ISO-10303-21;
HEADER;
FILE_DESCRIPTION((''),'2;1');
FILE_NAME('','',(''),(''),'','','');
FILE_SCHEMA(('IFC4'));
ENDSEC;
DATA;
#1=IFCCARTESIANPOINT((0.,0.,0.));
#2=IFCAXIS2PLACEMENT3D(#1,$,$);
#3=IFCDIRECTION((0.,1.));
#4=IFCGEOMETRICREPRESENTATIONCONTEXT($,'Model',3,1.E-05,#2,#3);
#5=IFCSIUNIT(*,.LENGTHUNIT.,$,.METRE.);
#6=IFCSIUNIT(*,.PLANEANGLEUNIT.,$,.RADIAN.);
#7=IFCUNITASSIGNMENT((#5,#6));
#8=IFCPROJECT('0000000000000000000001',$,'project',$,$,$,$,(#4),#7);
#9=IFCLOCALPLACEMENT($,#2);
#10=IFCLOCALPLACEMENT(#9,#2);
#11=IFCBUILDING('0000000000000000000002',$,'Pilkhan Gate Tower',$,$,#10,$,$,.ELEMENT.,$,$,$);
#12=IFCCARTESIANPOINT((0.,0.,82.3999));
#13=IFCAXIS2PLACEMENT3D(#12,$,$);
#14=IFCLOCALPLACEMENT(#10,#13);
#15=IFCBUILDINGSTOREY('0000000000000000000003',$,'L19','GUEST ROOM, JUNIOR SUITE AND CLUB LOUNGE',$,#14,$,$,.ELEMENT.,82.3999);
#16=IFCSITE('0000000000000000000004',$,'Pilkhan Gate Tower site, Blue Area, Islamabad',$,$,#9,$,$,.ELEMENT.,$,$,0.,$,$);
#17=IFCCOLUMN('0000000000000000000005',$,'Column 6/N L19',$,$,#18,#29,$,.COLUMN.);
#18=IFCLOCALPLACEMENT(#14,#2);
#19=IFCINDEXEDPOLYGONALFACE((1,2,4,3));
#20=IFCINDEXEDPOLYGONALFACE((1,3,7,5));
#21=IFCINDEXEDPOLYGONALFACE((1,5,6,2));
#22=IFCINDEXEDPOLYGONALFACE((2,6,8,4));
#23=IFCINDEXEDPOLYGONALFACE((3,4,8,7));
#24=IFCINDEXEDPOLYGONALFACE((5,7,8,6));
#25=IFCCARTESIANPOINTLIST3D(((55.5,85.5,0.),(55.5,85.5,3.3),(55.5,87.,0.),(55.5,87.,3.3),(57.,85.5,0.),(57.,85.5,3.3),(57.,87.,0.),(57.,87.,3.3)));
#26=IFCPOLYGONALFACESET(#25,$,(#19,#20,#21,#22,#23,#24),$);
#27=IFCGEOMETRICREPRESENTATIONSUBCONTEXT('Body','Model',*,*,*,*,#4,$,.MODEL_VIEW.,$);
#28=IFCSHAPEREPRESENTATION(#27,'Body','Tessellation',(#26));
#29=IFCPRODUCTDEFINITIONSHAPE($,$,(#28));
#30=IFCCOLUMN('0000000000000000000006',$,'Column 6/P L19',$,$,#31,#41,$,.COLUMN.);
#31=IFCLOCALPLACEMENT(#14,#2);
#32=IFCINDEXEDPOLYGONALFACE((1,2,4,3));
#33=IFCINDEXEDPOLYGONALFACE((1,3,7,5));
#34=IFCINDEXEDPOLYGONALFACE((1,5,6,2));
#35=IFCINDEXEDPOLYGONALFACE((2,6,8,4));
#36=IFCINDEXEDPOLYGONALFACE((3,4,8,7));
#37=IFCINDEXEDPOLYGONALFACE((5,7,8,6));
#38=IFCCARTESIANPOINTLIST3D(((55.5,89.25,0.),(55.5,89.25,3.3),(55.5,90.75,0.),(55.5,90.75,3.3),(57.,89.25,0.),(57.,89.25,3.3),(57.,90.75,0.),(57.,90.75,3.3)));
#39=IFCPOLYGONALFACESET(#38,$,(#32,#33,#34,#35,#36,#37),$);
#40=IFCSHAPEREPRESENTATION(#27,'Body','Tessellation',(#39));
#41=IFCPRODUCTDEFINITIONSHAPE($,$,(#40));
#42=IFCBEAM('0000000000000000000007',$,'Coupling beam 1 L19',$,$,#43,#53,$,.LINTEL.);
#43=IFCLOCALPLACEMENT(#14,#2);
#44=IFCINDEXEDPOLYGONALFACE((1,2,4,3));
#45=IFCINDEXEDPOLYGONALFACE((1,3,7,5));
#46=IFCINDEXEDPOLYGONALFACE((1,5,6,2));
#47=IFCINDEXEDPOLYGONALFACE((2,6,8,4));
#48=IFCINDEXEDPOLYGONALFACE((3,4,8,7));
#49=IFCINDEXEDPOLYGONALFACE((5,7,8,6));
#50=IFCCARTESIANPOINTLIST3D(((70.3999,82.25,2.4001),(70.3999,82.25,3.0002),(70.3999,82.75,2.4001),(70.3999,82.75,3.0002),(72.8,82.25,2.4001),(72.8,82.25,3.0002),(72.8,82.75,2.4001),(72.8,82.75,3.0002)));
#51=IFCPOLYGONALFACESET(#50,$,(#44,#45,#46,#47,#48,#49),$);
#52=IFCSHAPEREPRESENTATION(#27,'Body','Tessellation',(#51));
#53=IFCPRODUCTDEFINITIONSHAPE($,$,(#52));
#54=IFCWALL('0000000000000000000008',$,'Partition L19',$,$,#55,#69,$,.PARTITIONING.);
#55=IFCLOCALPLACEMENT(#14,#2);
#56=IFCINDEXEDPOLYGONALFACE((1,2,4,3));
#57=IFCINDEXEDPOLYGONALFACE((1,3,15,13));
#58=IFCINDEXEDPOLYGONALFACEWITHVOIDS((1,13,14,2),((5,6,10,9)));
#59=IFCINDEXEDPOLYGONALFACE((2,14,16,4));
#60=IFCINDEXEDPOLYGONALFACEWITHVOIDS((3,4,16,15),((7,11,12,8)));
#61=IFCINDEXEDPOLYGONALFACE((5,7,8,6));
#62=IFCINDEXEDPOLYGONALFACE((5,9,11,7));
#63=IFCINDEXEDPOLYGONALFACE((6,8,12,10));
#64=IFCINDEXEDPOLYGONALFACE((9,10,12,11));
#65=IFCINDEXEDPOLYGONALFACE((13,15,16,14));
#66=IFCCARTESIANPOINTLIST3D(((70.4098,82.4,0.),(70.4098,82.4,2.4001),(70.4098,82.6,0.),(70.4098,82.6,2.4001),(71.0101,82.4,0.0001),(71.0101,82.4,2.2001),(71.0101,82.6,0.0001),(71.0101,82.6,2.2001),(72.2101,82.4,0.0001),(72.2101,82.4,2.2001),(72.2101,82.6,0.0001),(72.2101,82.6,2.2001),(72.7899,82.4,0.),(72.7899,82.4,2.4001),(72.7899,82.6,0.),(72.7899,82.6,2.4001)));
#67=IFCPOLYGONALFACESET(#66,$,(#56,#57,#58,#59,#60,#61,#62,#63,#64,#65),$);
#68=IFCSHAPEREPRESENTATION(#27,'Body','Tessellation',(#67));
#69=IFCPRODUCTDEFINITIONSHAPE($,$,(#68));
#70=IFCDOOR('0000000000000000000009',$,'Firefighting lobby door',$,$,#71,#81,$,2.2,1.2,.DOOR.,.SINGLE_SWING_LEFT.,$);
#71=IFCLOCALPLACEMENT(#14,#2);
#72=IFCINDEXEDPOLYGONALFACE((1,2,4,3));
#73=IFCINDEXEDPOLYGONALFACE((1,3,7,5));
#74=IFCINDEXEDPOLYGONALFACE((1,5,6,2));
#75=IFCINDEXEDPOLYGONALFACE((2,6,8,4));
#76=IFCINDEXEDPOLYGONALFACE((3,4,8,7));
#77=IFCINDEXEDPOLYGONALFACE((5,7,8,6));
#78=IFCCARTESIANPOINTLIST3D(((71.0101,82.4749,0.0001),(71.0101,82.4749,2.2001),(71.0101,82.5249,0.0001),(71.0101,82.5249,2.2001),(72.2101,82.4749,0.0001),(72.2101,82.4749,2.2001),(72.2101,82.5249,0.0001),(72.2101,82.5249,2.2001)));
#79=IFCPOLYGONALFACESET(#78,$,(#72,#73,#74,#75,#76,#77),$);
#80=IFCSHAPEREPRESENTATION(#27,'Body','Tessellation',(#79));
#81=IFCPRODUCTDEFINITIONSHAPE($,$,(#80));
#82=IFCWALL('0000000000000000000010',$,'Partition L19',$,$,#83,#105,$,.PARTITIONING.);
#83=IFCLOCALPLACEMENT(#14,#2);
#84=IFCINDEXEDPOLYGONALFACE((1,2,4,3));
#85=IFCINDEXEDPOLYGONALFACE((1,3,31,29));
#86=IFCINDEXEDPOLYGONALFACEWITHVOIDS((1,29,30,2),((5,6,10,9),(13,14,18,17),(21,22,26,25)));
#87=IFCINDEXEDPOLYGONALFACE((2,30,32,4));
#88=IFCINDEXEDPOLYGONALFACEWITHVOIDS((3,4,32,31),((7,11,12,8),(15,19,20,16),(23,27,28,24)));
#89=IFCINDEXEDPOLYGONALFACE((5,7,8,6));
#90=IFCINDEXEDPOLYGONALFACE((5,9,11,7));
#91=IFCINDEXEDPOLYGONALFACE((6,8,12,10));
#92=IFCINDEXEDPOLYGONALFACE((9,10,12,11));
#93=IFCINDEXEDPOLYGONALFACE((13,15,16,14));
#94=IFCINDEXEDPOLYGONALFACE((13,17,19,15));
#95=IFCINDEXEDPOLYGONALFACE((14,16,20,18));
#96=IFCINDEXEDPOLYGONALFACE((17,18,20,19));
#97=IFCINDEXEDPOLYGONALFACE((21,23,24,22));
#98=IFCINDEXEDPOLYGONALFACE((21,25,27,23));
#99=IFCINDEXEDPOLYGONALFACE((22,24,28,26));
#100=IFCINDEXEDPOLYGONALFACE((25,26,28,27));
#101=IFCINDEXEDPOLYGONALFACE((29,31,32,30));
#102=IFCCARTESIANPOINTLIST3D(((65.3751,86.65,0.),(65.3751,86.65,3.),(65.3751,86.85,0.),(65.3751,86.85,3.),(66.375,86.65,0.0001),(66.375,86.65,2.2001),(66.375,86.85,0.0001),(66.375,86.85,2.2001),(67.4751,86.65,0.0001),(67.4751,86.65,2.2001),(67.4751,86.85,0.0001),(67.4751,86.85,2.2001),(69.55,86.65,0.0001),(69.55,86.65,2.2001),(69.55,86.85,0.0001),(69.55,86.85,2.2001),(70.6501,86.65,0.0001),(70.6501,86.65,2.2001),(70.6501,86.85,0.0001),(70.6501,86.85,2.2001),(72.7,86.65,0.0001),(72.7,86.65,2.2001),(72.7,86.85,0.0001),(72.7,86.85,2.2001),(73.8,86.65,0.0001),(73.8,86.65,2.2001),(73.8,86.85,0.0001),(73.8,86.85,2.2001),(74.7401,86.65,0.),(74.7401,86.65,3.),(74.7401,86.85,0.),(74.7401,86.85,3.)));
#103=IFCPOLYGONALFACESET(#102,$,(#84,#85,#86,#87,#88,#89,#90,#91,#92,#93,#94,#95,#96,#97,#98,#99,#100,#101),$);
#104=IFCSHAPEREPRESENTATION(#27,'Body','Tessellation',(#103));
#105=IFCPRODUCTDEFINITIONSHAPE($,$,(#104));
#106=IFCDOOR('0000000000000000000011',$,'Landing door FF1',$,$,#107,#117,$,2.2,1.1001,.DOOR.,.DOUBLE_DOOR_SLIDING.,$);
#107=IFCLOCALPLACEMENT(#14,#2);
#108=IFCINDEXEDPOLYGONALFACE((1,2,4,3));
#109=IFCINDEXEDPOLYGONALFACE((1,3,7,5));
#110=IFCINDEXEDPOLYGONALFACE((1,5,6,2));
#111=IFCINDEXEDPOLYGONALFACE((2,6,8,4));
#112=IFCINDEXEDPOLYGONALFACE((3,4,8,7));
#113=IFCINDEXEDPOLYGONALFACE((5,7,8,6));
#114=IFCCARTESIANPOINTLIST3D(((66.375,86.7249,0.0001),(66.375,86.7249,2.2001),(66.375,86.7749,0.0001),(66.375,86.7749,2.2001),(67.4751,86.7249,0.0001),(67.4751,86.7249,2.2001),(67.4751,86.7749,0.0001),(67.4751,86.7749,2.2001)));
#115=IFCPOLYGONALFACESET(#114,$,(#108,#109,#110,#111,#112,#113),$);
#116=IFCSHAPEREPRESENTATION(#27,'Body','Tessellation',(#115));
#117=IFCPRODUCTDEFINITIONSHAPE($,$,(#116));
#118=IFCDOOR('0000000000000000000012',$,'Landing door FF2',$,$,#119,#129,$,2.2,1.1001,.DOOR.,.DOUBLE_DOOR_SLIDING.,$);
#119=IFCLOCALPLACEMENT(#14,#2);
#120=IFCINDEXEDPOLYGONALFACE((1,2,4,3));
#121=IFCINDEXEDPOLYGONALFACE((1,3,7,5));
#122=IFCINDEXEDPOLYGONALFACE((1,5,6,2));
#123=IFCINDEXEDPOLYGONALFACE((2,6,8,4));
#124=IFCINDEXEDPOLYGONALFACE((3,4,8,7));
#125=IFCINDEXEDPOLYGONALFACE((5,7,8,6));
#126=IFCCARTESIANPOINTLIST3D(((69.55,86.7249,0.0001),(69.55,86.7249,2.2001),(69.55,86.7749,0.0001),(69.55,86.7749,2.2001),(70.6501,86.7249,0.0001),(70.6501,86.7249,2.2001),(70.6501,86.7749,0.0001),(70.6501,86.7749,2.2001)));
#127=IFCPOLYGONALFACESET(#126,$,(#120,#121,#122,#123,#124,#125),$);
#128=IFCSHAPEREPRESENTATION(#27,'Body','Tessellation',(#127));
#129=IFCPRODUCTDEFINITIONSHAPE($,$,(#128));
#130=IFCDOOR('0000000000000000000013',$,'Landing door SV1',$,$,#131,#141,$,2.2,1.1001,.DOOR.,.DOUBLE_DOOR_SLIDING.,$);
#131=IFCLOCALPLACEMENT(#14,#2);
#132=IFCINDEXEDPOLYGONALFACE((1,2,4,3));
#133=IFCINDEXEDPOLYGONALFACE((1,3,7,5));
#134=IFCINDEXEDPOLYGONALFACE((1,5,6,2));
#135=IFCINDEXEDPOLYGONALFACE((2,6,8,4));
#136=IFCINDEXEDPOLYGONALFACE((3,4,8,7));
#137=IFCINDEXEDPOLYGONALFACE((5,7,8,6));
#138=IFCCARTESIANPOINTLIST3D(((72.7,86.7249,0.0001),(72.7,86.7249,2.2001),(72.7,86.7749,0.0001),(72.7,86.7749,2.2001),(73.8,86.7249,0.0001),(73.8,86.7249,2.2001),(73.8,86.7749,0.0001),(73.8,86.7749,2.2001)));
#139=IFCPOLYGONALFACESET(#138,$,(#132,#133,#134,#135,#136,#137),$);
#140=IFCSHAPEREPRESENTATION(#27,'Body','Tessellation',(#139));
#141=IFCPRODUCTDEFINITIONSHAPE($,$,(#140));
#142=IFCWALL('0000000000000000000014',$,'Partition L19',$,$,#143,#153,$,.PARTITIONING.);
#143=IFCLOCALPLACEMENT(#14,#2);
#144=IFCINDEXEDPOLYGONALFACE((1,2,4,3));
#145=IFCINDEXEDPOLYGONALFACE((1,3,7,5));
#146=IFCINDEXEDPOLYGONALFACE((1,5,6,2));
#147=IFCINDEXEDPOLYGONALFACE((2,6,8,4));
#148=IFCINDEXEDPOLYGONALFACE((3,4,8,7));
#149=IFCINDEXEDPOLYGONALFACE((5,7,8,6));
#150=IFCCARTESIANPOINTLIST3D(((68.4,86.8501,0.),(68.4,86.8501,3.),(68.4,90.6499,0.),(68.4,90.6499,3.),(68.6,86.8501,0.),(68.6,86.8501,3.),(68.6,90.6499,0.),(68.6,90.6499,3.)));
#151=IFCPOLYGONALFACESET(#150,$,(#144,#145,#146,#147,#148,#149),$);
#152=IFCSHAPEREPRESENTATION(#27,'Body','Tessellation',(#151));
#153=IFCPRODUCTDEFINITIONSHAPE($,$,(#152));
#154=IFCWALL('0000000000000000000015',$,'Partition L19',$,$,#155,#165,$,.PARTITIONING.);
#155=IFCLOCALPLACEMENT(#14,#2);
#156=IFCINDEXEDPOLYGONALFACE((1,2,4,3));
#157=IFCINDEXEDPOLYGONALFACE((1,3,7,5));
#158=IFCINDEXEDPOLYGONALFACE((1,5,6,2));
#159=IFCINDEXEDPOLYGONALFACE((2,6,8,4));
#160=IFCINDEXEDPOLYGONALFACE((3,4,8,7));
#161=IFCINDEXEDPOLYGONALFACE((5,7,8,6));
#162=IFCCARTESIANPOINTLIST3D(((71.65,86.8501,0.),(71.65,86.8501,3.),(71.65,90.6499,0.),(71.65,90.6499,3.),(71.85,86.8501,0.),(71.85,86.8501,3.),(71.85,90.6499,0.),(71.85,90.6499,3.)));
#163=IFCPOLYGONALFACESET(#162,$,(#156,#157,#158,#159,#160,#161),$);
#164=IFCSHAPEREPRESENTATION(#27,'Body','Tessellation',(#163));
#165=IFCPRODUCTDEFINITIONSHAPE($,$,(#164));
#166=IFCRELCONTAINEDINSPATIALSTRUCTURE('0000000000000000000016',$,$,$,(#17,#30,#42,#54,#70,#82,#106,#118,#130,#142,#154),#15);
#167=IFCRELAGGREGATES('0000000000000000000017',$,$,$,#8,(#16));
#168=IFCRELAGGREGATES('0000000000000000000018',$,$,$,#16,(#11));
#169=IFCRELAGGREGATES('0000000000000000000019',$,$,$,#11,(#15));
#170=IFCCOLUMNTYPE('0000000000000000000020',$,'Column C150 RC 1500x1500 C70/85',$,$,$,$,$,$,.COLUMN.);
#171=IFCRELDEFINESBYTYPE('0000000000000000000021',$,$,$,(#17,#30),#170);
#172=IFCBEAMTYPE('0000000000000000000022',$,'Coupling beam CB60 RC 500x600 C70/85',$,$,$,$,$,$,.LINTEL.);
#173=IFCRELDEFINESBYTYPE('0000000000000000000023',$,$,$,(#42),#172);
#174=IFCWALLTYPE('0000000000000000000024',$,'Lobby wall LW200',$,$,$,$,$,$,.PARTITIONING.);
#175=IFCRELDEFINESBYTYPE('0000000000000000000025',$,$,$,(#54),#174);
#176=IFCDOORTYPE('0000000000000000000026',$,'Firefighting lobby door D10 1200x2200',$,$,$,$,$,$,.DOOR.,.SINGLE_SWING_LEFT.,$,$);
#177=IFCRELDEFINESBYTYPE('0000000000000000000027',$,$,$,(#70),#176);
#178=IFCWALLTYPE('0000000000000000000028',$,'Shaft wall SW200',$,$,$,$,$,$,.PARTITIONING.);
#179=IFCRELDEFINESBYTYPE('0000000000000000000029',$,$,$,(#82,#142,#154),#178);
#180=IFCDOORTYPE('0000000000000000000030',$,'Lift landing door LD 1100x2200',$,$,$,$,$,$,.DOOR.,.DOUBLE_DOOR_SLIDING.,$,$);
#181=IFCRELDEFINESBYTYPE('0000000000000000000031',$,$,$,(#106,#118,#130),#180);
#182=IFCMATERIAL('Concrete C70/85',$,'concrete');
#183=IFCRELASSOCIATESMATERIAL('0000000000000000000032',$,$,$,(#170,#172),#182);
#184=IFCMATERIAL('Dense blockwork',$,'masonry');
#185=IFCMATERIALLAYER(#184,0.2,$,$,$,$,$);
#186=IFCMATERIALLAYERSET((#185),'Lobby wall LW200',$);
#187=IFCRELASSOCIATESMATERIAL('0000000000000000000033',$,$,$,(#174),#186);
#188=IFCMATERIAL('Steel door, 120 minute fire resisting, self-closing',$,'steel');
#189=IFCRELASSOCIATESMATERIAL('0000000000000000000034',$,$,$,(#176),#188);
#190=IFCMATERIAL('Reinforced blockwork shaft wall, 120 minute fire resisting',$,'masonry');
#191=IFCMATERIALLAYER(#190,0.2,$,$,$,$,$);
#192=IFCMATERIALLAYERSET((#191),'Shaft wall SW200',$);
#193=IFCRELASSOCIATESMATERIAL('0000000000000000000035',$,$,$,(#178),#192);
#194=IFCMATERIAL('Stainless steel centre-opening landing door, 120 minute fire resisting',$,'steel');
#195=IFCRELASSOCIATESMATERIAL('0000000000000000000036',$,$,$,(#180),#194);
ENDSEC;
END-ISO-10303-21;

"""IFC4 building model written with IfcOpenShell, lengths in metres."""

from ifc_helpers import new_model, si_unit, direction, frame, frame_2d, origin, origin_2d, place, context, subcontext, project, spatial, rectangle, extrude, material, layer, layer_set, material_profile, profile_set, type_object, element, fill, save


model = new_model("IFC4")

# Units and contexts
model_context = context("Model", 3, precision=1e-05, world=origin(), true_north=direction((0.0, 1.0)))
body_context = subcontext(model_context, "Body", "Model", "MODEL_VIEW")
ifc_project = project(units=[si_unit("LENGTHUNIT", "METRE"), si_unit("PLANEANGLEUNIT", "RADIAN")], contexts=[model_context])

# Site, building, storey
site_placement = place(None, origin())
site = spatial("IfcSite", under=ifc_project, at=site_placement, Name="Pilkhan Gate Tower site, Blue Area, Islamabad", CompositionType="ELEMENT", RefElevation=0.0)
building_placement = place(site_placement, origin())
building = spatial("IfcBuilding", under=site, at=building_placement, Name="Pilkhan Gate Tower", CompositionType="ELEMENT")
storey_placement = place(building_placement, frame((0.0, 0.0, 82.3999)))
storey = spatial("IfcBuildingStorey", under=building, at=storey_placement, Name="L19", Description="GUEST ROOM, JUNIOR SUITE AND CLUB LOUNGE", CompositionType="ELEMENT", Elevation=82.3999)

# Columns
ifc_material_1 = material(Name="Concrete C70/85", Category="concrete")
ifc_material_profile_1 = material_profile(ifc_material_1, rectangle(XDim=1.5, YDim=1.5, at=origin_2d()), Name="RC 1500x1500")
ifc_profile_set_1 = profile_set([ifc_material_profile_1], Name="Concrete C70/85")
column_type = type_object("IfcColumnType", Name="Column C150 RC 1500x1500 C70/85", PredefinedType="COLUMN", material=ifc_profile_set_1)
for number, where, z_axis, x_axis, name in (
    (1, (56.25, 86.25, 0.0), (0.0, 0.0, 1.0), (1.0, 0.0, 0.0), "Column 6/N L19"),
    (2, (56.25, 90.0, 0.0), (0.0, 0.0, 1.0), (1.0, 0.0, 0.0), "Column 6/P L19"),
):
    element("IfcColumn", number, at=place(storey_placement, frame(where, z_axis=z_axis, x_axis=x_axis)), inside=storey, type_object=column_type, Name=name, PredefinedType="COLUMN", context=body_context, shape_type="SweptSolid", body=[
        extrude(rectangle(XDim=1.5, YDim=1.5, at=origin_2d()), origin(), (0.0, 0.0, 1.0), 3.3),
    ])

# Beam
ifc_material_profile_2 = material_profile(ifc_material_1, rectangle(XDim=0.5, YDim=0.6001, at=origin_2d()), Name="RC 500x600")
ifc_profile_set_2 = profile_set([ifc_material_profile_2], Name="Concrete C70/85")
beam_type = type_object("IfcBeamType", Name="Coupling beam CB60 RC 500x600 C70/85", PredefinedType="LINTEL", material=ifc_profile_set_2)
beam_placement = place(storey_placement, frame((70.3999, 82.5, 2.7002), z_axis=(1.0, 0.0, 0.0), x_axis=(0.0, 1.0, 0.0)))
element("IfcBeam", 3, at=beam_placement, inside=storey, type_object=beam_type, Name="Coupling beam 1 L19", PredefinedType="LINTEL", context=body_context, shape_type="SweptSolid", body=[
    extrude(rectangle(XDim=0.5, YDim=0.6001, at=origin_2d()), origin(), (0.0, 0.0, 1.0), 2.4001),
])

# Wall, opening, door
ifc_material_2 = material(Name="Dense blockwork", Category="masonry")
ifc_layer_1 = layer(ifc_material_2, 0.2)
ifc_layer_set_1 = layer_set([ifc_layer_1], Name="Lobby wall LW200")
wall_type_1 = type_object("IfcWallType", Name="Lobby wall LW200", PredefinedType="PARTITIONING", material=ifc_layer_set_1)
wall_1_placement = place(storey_placement, frame((70.4099, 82.5, 0.0), z_axis=(0.0, 0.0, 1.0), x_axis=(1.0, 0.0, 0.0)))
wall_1 = element("IfcWall", 4, at=wall_1_placement, inside=storey, type_object=wall_type_1, Name="Partition L19", PredefinedType="PARTITIONING", context=body_context, shape_type="SweptSolid", body=[
    extrude(rectangle(XDim=2.3801, YDim=0.2, at=frame_2d((1.1899, 0.0))), origin(), (0.0, 0.0, 1.0), 2.4001),
])
opening_1_placement = place(wall_1_placement, frame((0.6001, 0.0, 0.0)))
opening_1 = element("IfcOpeningElement", 5, at=opening_1_placement, cuts=wall_1, PredefinedType="OPENING", context=body_context, shape_type="SweptSolid", body=[
    extrude(rectangle(XDim=1.2, YDim=2.2, at=frame_2d((0.6001, 1.1001))), frame((0.0, 0.1099, 0.0), z_axis=(0.0, -1.0, 0.0), x_axis=(1.0, 0.0, 0.0)), (0.0, 0.0, 1.0), 0.22),
])
ifc_material_3 = material(Name="Steel door, 120 minute fire resisting, self-closing", Category="steel")
door_type_1 = type_object("IfcDoorType", Name="Firefighting lobby door D10 1200x2200", OperationType="SINGLE_SWING_LEFT", PredefinedType="DOOR", material=ifc_material_3)
door_1_placement = place(opening_1_placement, origin())
door_1 = element("IfcDoor", 6, at=door_1_placement, inside=storey, type_object=door_type_1, Name="Firefighting lobby door", OperationType="SINGLE_SWING_LEFT", OverallHeight=2.2, OverallWidth=1.2, PredefinedType="DOOR", context=body_context, shape_type="SweptSolid", body=[
    extrude(rectangle(XDim=1.2, YDim=2.2, at=frame_2d((0.6001, 1.1001))), frame((0.0, 0.0249, 0.0), z_axis=(0.0, -1.0, 0.0), x_axis=(1.0, 0.0, 0.0)), (0.0, 0.0, 1.0), 0.05),
])
fill(opening_1, door_1)

# Wall, openings, doors
ifc_material_4 = material(Name="Reinforced blockwork shaft wall, 120 minute fire resisting", Category="masonry")
ifc_layer_2 = layer(ifc_material_4, 0.2)
ifc_layer_set_2 = layer_set([ifc_layer_2], Name="Shaft wall SW200")
wall_type_2 = type_object("IfcWallType", Name="Shaft wall SW200", PredefinedType="PARTITIONING", material=ifc_layer_set_2)
wall_2_placement = place(storey_placement, frame((65.375, 86.75, 0.0), z_axis=(0.0, 0.0, 1.0), x_axis=(1.0, 0.0, 0.0)))
wall_2 = element("IfcWall", 7, at=wall_2_placement, inside=storey, type_object=wall_type_2, Name="Partition L19", PredefinedType="PARTITIONING", context=body_context, shape_type="SweptSolid", body=[
    extrude(rectangle(XDim=9.365, YDim=0.2, at=frame_2d((4.6826, 0.0))), origin(), (0.0, 0.0, 1.0), 3.0),
])
opening_2_placement = place(wall_2_placement, frame((1.0, 0.0, 0.0)))
opening_2 = element("IfcOpeningElement", 8, at=opening_2_placement, cuts=wall_2, PredefinedType="OPENING", context=body_context, shape_type="SweptSolid", body=[
    extrude(rectangle(XDim=1.1001, YDim=2.2, at=frame_2d((0.55, 1.1001))), frame((0.0, 0.1099, 0.0), z_axis=(0.0, -1.0, 0.0), x_axis=(1.0, 0.0, 0.0)), (0.0, 0.0, 1.0), 0.22),
])
opening_3_placement = place(wall_2_placement, frame((4.175, 0.0, 0.0)))
opening_3 = element("IfcOpeningElement", 9, at=opening_3_placement, cuts=wall_2, PredefinedType="OPENING", context=body_context, shape_type="SweptSolid", body=[
    extrude(rectangle(XDim=1.1001, YDim=2.2, at=frame_2d((0.55, 1.1001))), frame((0.0, 0.1099, 0.0), z_axis=(0.0, -1.0, 0.0), x_axis=(1.0, 0.0, 0.0)), (0.0, 0.0, 1.0), 0.22),
])
opening_4_placement = place(wall_2_placement, frame((7.325, 0.0, 0.0)))
opening_4 = element("IfcOpeningElement", 10, at=opening_4_placement, cuts=wall_2, PredefinedType="OPENING", context=body_context, shape_type="SweptSolid", body=[
    extrude(rectangle(XDim=1.1001, YDim=2.2, at=frame_2d((0.55, 1.1001))), frame((0.0, 0.1099, 0.0), z_axis=(0.0, -1.0, 0.0), x_axis=(1.0, 0.0, 0.0)), (0.0, 0.0, 1.0), 0.22),
])
ifc_material_5 = material(Name="Stainless steel centre-opening landing door, 120 minute fire resisting", Category="steel")
door_type_2 = type_object("IfcDoorType", Name="Lift landing door LD 1100x2200", OperationType="DOUBLE_DOOR_SLIDING", PredefinedType="DOOR", material=ifc_material_5)
door_2_placement = place(opening_2_placement, origin())
door_2 = element("IfcDoor", 11, at=door_2_placement, inside=storey, type_object=door_type_2, Name="Landing door FF1", OperationType="DOUBLE_DOOR_SLIDING", OverallHeight=2.2, OverallWidth=1.1001, PredefinedType="DOOR", context=body_context, shape_type="SweptSolid", body=[
    extrude(rectangle(XDim=1.1001, YDim=2.2, at=frame_2d((0.55, 1.1001))), frame((0.0, 0.0249, 0.0), z_axis=(0.0, -1.0, 0.0), x_axis=(1.0, 0.0, 0.0)), (0.0, 0.0, 1.0), 0.05),
])
fill(opening_2, door_2)
door_3_placement = place(opening_3_placement, origin())
door_3 = element("IfcDoor", 12, at=door_3_placement, inside=storey, type_object=door_type_2, Name="Landing door FF2", OperationType="DOUBLE_DOOR_SLIDING", OverallHeight=2.2, OverallWidth=1.1001, PredefinedType="DOOR", context=body_context, shape_type="SweptSolid", body=[
    extrude(rectangle(XDim=1.1001, YDim=2.2, at=frame_2d((0.55, 1.1001))), frame((0.0, 0.0249, 0.0), z_axis=(0.0, -1.0, 0.0), x_axis=(1.0, 0.0, 0.0)), (0.0, 0.0, 1.0), 0.05),
])
fill(opening_3, door_3)
door_4_placement = place(opening_4_placement, origin())
door_4 = element("IfcDoor", 13, at=door_4_placement, inside=storey, type_object=door_type_2, Name="Landing door SV1", OperationType="DOUBLE_DOOR_SLIDING", OverallHeight=2.2, OverallWidth=1.1001, PredefinedType="DOOR", context=body_context, shape_type="SweptSolid", body=[
    extrude(rectangle(XDim=1.1001, YDim=2.2, at=frame_2d((0.55, 1.1001))), frame((0.0, 0.0249, 0.0), z_axis=(0.0, -1.0, 0.0), x_axis=(1.0, 0.0, 0.0)), (0.0, 0.0, 1.0), 0.05),
])
fill(opening_4, door_4)

# Walls
for number, where, z_axis, x_axis, name in (
    (14, (68.5, 86.8501, 0.0), (0.0, 0.0, 1.0), (0.0, 1.0, 0.0), "Partition L19"),
    (15, (71.75, 86.8501, 0.0), (0.0, 0.0, 1.0), (0.0, 1.0, 0.0), "Partition L19"),
):
    element("IfcWall", number, at=place(storey_placement, frame(where, z_axis=z_axis, x_axis=x_axis)), inside=storey, type_object=wall_type_2, Name=name, PredefinedType="PARTITIONING", context=body_context, shape_type="SweptSolid", body=[
        extrude(rectangle(XDim=3.7998, YDim=0.2, at=frame_2d((1.8999, 0.0))), origin(), (0.0, 0.0, 1.0), 3.0),
    ])

save(model, "model.ifc")
